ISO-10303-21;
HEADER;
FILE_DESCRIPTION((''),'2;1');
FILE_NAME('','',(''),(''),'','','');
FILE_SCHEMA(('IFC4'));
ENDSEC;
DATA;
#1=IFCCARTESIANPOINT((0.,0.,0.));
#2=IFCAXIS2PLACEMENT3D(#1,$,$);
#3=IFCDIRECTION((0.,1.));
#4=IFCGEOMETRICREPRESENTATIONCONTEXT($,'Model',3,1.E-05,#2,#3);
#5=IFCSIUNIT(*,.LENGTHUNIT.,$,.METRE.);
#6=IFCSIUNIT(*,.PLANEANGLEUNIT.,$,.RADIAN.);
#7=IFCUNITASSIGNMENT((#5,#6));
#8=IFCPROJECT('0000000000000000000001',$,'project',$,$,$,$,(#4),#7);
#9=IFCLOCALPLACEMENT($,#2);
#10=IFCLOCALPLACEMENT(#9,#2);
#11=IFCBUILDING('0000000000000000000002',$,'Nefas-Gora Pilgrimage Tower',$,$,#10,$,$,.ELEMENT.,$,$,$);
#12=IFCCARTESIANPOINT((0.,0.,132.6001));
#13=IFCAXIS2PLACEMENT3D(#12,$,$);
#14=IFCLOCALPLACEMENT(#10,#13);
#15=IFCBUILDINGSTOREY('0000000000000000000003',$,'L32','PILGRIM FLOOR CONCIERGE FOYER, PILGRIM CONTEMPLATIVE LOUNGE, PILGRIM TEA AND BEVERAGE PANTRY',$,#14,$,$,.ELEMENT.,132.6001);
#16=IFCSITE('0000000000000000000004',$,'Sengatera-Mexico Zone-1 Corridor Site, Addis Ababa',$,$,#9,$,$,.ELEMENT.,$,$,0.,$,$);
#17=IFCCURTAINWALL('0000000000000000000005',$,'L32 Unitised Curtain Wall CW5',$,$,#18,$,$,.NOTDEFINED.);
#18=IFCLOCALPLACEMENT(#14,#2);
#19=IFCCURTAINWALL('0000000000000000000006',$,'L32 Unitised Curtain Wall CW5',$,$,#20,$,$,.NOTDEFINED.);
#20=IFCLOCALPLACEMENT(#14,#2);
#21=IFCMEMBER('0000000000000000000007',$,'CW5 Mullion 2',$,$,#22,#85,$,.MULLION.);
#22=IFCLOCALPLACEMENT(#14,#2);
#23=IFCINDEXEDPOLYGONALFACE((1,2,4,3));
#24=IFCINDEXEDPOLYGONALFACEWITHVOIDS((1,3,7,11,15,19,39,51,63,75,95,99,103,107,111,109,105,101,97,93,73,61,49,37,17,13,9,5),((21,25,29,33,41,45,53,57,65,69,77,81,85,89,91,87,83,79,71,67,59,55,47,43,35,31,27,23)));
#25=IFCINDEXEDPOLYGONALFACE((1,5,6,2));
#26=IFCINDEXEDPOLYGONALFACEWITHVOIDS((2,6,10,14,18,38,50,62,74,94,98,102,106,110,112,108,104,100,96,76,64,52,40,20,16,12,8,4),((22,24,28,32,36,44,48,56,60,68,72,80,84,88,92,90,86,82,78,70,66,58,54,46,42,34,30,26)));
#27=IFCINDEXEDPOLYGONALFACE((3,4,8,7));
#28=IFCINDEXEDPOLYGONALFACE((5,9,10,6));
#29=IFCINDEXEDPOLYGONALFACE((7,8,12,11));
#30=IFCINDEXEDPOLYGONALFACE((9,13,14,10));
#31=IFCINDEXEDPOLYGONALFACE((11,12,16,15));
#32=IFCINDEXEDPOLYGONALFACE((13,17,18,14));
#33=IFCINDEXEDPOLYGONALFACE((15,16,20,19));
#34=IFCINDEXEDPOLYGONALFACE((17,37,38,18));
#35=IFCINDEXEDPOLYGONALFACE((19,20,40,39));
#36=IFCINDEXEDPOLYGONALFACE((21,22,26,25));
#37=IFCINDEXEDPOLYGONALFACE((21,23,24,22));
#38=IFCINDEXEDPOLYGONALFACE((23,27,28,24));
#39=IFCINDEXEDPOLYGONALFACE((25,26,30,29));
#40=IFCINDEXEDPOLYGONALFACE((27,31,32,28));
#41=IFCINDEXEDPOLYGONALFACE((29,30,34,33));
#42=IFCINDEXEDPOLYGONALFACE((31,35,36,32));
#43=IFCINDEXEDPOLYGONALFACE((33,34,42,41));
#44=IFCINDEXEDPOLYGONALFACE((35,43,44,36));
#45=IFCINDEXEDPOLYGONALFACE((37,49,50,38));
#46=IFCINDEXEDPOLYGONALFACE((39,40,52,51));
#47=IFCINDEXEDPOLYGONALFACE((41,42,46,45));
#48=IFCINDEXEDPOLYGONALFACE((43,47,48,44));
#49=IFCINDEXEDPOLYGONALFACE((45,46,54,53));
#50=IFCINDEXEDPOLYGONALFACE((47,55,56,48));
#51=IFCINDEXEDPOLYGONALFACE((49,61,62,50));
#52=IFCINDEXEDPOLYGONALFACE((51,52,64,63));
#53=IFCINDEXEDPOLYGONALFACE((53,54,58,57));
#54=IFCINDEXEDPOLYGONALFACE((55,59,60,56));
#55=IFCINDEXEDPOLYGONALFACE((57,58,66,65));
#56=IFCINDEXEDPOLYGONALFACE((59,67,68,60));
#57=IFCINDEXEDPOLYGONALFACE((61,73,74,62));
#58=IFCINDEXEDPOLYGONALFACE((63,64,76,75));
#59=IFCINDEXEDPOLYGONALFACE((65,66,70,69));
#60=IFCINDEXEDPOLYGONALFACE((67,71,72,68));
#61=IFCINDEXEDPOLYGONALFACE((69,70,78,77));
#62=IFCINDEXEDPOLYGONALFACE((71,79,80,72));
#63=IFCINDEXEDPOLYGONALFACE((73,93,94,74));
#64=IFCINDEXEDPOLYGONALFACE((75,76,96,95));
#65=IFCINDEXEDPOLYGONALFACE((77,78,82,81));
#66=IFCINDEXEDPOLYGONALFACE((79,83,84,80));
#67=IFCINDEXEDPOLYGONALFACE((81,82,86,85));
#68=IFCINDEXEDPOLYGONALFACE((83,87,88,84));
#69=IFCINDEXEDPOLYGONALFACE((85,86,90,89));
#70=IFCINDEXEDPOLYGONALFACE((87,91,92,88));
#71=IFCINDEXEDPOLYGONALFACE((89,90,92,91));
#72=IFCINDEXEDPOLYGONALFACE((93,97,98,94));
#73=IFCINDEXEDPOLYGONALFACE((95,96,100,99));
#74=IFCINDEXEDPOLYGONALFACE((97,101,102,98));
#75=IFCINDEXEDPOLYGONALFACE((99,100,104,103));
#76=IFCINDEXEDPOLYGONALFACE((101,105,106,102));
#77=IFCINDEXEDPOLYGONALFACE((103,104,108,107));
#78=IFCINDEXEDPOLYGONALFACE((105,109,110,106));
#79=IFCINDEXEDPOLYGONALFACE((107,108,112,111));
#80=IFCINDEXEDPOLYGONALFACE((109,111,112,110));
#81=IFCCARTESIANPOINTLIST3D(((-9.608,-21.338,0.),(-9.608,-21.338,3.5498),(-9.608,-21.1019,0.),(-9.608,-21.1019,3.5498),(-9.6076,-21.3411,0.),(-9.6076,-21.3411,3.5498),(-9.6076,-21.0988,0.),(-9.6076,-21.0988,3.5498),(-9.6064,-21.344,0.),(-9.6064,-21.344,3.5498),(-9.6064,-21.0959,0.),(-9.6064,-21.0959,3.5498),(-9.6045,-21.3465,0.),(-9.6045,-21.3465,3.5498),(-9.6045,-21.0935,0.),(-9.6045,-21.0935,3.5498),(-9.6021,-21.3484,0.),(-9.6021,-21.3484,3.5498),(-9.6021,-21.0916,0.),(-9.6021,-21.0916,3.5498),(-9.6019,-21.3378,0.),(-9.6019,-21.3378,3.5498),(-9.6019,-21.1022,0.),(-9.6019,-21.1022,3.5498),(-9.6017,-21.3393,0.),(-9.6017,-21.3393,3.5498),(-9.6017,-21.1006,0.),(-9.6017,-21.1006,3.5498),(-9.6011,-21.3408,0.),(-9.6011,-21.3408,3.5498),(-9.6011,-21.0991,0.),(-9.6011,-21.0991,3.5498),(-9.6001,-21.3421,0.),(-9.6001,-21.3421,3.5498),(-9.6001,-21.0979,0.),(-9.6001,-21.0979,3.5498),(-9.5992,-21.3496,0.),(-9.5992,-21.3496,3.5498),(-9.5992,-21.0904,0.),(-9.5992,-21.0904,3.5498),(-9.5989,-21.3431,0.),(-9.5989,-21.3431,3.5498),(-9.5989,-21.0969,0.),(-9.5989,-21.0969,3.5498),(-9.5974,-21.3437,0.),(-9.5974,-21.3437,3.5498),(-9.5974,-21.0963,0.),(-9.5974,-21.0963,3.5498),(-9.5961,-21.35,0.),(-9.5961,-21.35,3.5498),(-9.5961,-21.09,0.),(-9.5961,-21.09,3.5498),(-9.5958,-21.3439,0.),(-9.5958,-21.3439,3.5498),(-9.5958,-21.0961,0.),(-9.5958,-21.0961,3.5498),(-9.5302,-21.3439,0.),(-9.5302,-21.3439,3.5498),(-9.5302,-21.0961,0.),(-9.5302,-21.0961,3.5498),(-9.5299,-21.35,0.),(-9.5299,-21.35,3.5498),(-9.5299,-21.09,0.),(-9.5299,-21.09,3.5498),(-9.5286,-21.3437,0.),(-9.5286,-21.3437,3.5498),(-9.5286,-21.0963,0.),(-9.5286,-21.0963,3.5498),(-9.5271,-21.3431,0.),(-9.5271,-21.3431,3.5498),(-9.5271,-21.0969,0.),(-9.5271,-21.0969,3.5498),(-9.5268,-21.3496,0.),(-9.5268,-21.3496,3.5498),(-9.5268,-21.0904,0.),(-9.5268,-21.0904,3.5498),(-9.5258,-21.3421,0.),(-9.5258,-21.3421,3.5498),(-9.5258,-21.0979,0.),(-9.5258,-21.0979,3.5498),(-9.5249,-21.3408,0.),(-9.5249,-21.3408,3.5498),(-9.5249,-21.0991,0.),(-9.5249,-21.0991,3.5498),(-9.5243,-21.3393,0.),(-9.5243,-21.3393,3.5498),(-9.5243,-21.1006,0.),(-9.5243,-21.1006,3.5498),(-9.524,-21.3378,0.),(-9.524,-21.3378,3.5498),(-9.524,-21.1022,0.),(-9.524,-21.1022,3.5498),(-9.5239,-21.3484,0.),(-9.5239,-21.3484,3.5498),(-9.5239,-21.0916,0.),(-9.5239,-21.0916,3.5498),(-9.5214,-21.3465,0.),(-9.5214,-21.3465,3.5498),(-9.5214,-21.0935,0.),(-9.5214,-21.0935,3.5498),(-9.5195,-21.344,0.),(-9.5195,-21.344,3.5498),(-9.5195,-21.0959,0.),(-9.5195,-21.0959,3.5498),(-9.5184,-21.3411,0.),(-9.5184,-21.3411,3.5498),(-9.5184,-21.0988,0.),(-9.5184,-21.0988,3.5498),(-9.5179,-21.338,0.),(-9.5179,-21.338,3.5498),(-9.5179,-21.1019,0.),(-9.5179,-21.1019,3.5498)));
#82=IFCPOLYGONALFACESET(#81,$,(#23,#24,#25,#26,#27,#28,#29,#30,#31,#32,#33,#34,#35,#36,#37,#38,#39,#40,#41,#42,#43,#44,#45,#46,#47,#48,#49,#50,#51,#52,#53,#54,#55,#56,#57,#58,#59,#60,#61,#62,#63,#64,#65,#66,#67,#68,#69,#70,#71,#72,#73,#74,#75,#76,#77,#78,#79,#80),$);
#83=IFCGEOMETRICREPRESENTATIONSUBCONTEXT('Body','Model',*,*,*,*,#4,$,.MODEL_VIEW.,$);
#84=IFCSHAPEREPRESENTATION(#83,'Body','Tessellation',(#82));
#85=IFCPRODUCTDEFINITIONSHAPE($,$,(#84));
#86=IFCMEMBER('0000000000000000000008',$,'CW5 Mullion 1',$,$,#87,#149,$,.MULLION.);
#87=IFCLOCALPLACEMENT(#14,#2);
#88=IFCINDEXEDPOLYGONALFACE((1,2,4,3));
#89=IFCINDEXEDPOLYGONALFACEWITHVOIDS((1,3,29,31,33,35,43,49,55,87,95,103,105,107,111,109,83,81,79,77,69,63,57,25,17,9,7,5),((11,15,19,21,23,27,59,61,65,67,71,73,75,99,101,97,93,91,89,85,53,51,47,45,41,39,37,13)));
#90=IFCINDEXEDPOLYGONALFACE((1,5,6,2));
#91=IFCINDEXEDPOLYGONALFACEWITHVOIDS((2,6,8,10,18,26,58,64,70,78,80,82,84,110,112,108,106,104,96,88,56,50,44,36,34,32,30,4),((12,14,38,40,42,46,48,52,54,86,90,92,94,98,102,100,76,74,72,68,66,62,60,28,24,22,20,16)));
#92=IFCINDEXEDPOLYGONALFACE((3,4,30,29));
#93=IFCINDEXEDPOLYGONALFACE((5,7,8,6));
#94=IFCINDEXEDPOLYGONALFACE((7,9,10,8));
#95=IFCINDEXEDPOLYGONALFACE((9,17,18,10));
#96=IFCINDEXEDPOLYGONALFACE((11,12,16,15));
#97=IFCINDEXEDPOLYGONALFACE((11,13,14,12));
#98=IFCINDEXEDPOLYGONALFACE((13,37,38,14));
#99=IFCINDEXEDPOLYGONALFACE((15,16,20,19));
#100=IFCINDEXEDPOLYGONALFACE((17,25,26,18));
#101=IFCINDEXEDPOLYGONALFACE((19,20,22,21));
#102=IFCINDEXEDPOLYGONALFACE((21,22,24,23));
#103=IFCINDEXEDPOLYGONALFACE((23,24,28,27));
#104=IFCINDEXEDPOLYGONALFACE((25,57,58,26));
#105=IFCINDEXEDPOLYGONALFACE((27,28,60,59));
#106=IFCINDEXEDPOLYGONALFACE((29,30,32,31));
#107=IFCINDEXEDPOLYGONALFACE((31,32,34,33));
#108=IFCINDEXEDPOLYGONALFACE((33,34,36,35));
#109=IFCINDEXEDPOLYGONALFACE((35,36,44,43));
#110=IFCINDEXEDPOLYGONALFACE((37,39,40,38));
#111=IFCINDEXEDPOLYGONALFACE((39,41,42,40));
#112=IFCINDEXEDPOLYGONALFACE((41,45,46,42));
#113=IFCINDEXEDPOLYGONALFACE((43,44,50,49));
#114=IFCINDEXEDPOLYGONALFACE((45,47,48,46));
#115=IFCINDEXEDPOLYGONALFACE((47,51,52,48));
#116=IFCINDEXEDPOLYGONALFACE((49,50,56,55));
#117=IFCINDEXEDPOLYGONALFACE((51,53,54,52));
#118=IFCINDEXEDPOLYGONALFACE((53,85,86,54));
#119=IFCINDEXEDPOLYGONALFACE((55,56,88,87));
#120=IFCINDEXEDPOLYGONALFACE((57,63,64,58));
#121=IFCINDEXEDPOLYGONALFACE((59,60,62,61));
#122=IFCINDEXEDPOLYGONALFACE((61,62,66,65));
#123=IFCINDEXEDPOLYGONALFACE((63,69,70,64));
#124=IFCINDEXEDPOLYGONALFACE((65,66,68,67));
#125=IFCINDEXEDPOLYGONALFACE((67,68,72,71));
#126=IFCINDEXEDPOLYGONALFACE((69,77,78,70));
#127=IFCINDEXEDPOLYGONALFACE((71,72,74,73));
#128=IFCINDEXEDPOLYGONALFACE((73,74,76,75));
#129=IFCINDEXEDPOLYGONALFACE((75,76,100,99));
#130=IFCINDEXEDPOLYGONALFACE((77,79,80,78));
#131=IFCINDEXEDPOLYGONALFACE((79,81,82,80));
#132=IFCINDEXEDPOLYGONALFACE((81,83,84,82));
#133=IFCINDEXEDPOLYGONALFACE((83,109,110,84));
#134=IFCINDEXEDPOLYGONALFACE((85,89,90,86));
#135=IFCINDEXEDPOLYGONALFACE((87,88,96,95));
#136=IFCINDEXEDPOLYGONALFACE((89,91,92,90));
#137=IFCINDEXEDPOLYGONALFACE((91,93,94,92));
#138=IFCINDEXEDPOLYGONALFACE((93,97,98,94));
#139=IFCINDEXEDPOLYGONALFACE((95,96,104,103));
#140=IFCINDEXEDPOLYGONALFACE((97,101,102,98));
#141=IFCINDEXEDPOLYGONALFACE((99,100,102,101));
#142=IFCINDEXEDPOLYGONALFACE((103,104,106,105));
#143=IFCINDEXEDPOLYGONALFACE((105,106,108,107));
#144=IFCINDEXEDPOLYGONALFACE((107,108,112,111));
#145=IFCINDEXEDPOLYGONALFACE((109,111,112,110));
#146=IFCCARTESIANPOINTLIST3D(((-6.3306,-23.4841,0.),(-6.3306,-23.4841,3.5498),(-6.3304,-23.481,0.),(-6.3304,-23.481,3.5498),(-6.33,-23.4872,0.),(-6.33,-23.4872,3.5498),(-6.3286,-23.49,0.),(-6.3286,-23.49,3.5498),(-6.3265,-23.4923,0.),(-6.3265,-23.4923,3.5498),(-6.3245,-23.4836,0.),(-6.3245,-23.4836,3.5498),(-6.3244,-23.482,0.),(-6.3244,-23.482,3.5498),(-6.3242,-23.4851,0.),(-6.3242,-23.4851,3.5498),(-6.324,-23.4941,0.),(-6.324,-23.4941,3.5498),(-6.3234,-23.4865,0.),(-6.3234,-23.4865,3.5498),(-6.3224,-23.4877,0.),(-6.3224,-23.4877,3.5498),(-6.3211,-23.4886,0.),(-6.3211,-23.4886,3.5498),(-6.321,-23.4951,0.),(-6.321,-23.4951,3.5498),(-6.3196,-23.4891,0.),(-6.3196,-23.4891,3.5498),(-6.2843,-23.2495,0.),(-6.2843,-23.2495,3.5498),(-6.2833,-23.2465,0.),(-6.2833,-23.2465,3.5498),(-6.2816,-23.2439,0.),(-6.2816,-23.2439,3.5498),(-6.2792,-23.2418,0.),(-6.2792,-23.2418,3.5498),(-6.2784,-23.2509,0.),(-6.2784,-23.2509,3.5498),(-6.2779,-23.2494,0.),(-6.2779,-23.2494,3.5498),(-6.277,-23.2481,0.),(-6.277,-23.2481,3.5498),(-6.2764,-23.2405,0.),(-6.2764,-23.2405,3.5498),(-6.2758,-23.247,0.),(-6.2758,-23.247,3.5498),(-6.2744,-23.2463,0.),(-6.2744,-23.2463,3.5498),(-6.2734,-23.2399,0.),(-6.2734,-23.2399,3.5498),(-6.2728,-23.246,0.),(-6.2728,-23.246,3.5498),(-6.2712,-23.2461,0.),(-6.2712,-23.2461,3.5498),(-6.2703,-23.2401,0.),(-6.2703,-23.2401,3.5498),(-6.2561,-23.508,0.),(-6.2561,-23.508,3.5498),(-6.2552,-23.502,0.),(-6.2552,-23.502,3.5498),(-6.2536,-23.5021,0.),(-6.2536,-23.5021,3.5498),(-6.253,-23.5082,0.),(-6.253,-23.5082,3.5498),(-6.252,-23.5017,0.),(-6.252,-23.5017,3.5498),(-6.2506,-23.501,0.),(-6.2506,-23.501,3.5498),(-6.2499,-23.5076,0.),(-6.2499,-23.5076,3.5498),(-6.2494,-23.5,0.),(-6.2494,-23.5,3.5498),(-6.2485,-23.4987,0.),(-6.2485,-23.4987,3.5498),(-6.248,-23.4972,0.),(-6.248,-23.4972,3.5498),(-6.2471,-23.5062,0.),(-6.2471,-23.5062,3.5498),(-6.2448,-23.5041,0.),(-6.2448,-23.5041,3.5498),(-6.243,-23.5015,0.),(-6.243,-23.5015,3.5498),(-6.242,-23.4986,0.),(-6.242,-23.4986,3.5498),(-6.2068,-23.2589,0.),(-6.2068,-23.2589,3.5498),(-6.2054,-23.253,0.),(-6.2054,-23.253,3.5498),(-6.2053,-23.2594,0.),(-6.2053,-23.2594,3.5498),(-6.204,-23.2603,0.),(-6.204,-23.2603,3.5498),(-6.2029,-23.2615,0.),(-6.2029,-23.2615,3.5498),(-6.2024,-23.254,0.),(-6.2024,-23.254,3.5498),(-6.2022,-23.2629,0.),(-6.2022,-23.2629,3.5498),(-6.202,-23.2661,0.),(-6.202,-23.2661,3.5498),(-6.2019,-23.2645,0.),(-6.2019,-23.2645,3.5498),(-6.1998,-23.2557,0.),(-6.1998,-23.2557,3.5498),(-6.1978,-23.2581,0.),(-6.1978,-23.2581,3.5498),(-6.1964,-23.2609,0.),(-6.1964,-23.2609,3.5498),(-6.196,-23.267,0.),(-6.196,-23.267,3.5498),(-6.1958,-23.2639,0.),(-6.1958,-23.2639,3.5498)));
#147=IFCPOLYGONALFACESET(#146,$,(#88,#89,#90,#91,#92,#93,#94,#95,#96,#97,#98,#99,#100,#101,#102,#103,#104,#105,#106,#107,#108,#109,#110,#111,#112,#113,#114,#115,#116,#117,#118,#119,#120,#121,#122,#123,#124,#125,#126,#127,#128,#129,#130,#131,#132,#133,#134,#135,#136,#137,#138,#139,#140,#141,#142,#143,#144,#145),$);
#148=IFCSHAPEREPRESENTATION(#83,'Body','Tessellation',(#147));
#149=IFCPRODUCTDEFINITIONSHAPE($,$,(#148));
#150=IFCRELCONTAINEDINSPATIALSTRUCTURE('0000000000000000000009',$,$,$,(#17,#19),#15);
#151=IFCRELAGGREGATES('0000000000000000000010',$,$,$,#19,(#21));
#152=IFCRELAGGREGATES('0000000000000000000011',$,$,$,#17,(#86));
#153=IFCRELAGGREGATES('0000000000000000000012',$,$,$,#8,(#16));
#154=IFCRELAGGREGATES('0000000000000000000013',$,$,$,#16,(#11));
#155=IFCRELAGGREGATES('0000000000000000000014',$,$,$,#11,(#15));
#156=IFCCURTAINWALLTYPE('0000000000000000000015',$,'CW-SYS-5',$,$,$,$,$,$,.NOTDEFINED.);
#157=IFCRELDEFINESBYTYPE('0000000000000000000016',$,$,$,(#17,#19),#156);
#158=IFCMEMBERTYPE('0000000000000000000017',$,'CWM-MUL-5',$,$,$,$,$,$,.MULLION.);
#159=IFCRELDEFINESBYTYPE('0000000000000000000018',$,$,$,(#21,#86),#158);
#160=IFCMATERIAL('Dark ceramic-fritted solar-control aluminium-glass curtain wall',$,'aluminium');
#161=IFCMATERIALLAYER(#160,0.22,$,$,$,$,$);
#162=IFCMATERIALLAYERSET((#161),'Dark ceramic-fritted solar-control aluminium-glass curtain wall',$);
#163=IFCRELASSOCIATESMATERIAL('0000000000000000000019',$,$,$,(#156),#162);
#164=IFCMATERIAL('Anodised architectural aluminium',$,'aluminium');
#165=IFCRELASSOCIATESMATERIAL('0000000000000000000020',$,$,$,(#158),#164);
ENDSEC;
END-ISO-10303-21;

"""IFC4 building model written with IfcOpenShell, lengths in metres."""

from ifc_helpers import new_model, si_unit, direction, frame, origin, origin_2d, place, context, subcontext, project, spatial, hollow_rectangle, extrude, source, transform, mapped, material, layer, layer_set, material_profile, profile_set, type_object, element, aggregate, save


model = new_model("IFC4")

# Units and contexts
model_context = context("Model", 3, precision=1e-05, world=origin(), true_north=direction((0.0, 1.0)))
body_context = subcontext(model_context, "Body", "Model", "MODEL_VIEW")
ifc_project = project(units=[si_unit("LENGTHUNIT", "METRE"), si_unit("PLANEANGLEUNIT", "RADIAN")], contexts=[model_context])

# Site, building, storey
site_placement = place(None, origin())
site = spatial("IfcSite", under=ifc_project, at=site_placement, Name="Sengatera-Mexico Zone-1 Corridor Site, Addis Ababa", CompositionType="ELEMENT", RefElevation=0.0)
building_placement = place(site_placement, origin())
building = spatial("IfcBuilding", under=site, at=building_placement, Name="Nefas-Gora Pilgrimage Tower", CompositionType="ELEMENT")
storey_placement = place(building_placement, frame((0.0, 0.0, 132.6001)))
storey = spatial("IfcBuildingStorey", under=building, at=storey_placement, Name="L32", Description="PILGRIM FLOOR CONCIERGE FOYER, PILGRIM CONTEMPLATIVE LOUNGE, PILGRIM TEA AND BEVERAGE PANTRY", CompositionType="ELEMENT", Elevation=132.6001)

# Curtain walls, member
ifc_material_1 = material(Name="Dark ceramic-fritted solar-control aluminium-glass curtain wall", Category="aluminium")
ifc_layer_1 = layer(ifc_material_1, 0.22)
ifc_layer_set_1 = layer_set([ifc_layer_1], Name="Dark ceramic-fritted solar-control aluminium-glass curtain wall")
curtain_wall_type = type_object("IfcCurtainWallType", Name="CW-SYS-5", PredefinedType="NOTDEFINED", material=ifc_layer_set_1)
curtain_wall_1_placement = place(storey_placement, origin())
curtain_wall_1 = element("IfcCurtainWall", 1, at=curtain_wall_1_placement, inside=storey, type_object=curtain_wall_type, Name="L32 Unitised Curtain Wall CW5", PredefinedType="NOTDEFINED")
ifc_material_2 = material(Name="Anodised architectural aluminium", Category="aluminium")
curtain_wall_2_placement = place(storey_placement, origin())
curtain_wall_2 = element("IfcCurtainWall", 2, at=curtain_wall_2_placement, inside=storey, type_object=curtain_wall_type, Name="L32 Unitised Curtain Wall CW5", PredefinedType="NOTDEFINED")
ifc_material_profile_1 = material_profile(ifc_material_2, hollow_rectangle(XDim=0.0901, YDim=0.26, WallThickness=0.0061, InnerFilletRadius=0.0061, OuterFilletRadius=0.012, at=origin_2d()), Name="ALU MULLION 90x260")
ifc_profile_set_1 = profile_set([ifc_material_profile_1], Name="Anodised architectural aluminium")
member_type_1 = type_object("IfcMemberType", Name="CWM-MUL-5", PredefinedType="MULLION", material=ifc_profile_set_1)
shared_shape_1 = source(origin(), body_context, "Body", "SweptSolid", [
    extrude(hollow_rectangle(XDim=0.0901, YDim=0.26, WallThickness=0.0061, InnerFilletRadius=0.0061, OuterFilletRadius=0.012, at=origin_2d()), origin(), (0.0, 0.0, 1.0), 3.5498),
])
member_1_placement = place(storey_placement, frame((-9.563, -21.22, 0.0), z_axis=(0.0, 0.0, 1.0), x_axis=(1.0, 0.0, 0.0)))
member_1 = element("IfcMember", 3, at=member_1_placement, type_object=member_type_1, Name="CW5 Mullion 2", PredefinedType="MULLION", context=body_context, shape_type="MappedRepresentation", body=[
    mapped(shared_shape_1, transform((0.0, 0.0, 0.0), x_axis=(1.0, 0.0, 0.0), y_axis=(0.0, 1.0, 0.0), z_axis=(0.0, 0.0, 1.0), scale=1.0)),
])
aggregate(curtain_wall_2, [member_1])

# Member
member_2_placement = place(storey_placement, frame((-6.2632, -23.374, 0.0), z_axis=(0.0, 0.0, 1.0), x_axis=(0.980783, -0.195102, 0.0)))
member_2 = element("IfcMember", 4, at=member_2_placement, type_object=member_type_1, Name="CW5 Mullion 1", PredefinedType="MULLION", context=body_context, shape_type="MappedRepresentation", body=[
    mapped(shared_shape_1, transform((0.0, 0.0, 0.0), x_axis=(1.0, 0.0, 0.0), y_axis=(0.0, 1.0, 0.0), z_axis=(0.0, 0.0, 1.0), scale=1.0)),
])

aggregate(curtain_wall_1, [member_2])

save(model, "model.ifc")
